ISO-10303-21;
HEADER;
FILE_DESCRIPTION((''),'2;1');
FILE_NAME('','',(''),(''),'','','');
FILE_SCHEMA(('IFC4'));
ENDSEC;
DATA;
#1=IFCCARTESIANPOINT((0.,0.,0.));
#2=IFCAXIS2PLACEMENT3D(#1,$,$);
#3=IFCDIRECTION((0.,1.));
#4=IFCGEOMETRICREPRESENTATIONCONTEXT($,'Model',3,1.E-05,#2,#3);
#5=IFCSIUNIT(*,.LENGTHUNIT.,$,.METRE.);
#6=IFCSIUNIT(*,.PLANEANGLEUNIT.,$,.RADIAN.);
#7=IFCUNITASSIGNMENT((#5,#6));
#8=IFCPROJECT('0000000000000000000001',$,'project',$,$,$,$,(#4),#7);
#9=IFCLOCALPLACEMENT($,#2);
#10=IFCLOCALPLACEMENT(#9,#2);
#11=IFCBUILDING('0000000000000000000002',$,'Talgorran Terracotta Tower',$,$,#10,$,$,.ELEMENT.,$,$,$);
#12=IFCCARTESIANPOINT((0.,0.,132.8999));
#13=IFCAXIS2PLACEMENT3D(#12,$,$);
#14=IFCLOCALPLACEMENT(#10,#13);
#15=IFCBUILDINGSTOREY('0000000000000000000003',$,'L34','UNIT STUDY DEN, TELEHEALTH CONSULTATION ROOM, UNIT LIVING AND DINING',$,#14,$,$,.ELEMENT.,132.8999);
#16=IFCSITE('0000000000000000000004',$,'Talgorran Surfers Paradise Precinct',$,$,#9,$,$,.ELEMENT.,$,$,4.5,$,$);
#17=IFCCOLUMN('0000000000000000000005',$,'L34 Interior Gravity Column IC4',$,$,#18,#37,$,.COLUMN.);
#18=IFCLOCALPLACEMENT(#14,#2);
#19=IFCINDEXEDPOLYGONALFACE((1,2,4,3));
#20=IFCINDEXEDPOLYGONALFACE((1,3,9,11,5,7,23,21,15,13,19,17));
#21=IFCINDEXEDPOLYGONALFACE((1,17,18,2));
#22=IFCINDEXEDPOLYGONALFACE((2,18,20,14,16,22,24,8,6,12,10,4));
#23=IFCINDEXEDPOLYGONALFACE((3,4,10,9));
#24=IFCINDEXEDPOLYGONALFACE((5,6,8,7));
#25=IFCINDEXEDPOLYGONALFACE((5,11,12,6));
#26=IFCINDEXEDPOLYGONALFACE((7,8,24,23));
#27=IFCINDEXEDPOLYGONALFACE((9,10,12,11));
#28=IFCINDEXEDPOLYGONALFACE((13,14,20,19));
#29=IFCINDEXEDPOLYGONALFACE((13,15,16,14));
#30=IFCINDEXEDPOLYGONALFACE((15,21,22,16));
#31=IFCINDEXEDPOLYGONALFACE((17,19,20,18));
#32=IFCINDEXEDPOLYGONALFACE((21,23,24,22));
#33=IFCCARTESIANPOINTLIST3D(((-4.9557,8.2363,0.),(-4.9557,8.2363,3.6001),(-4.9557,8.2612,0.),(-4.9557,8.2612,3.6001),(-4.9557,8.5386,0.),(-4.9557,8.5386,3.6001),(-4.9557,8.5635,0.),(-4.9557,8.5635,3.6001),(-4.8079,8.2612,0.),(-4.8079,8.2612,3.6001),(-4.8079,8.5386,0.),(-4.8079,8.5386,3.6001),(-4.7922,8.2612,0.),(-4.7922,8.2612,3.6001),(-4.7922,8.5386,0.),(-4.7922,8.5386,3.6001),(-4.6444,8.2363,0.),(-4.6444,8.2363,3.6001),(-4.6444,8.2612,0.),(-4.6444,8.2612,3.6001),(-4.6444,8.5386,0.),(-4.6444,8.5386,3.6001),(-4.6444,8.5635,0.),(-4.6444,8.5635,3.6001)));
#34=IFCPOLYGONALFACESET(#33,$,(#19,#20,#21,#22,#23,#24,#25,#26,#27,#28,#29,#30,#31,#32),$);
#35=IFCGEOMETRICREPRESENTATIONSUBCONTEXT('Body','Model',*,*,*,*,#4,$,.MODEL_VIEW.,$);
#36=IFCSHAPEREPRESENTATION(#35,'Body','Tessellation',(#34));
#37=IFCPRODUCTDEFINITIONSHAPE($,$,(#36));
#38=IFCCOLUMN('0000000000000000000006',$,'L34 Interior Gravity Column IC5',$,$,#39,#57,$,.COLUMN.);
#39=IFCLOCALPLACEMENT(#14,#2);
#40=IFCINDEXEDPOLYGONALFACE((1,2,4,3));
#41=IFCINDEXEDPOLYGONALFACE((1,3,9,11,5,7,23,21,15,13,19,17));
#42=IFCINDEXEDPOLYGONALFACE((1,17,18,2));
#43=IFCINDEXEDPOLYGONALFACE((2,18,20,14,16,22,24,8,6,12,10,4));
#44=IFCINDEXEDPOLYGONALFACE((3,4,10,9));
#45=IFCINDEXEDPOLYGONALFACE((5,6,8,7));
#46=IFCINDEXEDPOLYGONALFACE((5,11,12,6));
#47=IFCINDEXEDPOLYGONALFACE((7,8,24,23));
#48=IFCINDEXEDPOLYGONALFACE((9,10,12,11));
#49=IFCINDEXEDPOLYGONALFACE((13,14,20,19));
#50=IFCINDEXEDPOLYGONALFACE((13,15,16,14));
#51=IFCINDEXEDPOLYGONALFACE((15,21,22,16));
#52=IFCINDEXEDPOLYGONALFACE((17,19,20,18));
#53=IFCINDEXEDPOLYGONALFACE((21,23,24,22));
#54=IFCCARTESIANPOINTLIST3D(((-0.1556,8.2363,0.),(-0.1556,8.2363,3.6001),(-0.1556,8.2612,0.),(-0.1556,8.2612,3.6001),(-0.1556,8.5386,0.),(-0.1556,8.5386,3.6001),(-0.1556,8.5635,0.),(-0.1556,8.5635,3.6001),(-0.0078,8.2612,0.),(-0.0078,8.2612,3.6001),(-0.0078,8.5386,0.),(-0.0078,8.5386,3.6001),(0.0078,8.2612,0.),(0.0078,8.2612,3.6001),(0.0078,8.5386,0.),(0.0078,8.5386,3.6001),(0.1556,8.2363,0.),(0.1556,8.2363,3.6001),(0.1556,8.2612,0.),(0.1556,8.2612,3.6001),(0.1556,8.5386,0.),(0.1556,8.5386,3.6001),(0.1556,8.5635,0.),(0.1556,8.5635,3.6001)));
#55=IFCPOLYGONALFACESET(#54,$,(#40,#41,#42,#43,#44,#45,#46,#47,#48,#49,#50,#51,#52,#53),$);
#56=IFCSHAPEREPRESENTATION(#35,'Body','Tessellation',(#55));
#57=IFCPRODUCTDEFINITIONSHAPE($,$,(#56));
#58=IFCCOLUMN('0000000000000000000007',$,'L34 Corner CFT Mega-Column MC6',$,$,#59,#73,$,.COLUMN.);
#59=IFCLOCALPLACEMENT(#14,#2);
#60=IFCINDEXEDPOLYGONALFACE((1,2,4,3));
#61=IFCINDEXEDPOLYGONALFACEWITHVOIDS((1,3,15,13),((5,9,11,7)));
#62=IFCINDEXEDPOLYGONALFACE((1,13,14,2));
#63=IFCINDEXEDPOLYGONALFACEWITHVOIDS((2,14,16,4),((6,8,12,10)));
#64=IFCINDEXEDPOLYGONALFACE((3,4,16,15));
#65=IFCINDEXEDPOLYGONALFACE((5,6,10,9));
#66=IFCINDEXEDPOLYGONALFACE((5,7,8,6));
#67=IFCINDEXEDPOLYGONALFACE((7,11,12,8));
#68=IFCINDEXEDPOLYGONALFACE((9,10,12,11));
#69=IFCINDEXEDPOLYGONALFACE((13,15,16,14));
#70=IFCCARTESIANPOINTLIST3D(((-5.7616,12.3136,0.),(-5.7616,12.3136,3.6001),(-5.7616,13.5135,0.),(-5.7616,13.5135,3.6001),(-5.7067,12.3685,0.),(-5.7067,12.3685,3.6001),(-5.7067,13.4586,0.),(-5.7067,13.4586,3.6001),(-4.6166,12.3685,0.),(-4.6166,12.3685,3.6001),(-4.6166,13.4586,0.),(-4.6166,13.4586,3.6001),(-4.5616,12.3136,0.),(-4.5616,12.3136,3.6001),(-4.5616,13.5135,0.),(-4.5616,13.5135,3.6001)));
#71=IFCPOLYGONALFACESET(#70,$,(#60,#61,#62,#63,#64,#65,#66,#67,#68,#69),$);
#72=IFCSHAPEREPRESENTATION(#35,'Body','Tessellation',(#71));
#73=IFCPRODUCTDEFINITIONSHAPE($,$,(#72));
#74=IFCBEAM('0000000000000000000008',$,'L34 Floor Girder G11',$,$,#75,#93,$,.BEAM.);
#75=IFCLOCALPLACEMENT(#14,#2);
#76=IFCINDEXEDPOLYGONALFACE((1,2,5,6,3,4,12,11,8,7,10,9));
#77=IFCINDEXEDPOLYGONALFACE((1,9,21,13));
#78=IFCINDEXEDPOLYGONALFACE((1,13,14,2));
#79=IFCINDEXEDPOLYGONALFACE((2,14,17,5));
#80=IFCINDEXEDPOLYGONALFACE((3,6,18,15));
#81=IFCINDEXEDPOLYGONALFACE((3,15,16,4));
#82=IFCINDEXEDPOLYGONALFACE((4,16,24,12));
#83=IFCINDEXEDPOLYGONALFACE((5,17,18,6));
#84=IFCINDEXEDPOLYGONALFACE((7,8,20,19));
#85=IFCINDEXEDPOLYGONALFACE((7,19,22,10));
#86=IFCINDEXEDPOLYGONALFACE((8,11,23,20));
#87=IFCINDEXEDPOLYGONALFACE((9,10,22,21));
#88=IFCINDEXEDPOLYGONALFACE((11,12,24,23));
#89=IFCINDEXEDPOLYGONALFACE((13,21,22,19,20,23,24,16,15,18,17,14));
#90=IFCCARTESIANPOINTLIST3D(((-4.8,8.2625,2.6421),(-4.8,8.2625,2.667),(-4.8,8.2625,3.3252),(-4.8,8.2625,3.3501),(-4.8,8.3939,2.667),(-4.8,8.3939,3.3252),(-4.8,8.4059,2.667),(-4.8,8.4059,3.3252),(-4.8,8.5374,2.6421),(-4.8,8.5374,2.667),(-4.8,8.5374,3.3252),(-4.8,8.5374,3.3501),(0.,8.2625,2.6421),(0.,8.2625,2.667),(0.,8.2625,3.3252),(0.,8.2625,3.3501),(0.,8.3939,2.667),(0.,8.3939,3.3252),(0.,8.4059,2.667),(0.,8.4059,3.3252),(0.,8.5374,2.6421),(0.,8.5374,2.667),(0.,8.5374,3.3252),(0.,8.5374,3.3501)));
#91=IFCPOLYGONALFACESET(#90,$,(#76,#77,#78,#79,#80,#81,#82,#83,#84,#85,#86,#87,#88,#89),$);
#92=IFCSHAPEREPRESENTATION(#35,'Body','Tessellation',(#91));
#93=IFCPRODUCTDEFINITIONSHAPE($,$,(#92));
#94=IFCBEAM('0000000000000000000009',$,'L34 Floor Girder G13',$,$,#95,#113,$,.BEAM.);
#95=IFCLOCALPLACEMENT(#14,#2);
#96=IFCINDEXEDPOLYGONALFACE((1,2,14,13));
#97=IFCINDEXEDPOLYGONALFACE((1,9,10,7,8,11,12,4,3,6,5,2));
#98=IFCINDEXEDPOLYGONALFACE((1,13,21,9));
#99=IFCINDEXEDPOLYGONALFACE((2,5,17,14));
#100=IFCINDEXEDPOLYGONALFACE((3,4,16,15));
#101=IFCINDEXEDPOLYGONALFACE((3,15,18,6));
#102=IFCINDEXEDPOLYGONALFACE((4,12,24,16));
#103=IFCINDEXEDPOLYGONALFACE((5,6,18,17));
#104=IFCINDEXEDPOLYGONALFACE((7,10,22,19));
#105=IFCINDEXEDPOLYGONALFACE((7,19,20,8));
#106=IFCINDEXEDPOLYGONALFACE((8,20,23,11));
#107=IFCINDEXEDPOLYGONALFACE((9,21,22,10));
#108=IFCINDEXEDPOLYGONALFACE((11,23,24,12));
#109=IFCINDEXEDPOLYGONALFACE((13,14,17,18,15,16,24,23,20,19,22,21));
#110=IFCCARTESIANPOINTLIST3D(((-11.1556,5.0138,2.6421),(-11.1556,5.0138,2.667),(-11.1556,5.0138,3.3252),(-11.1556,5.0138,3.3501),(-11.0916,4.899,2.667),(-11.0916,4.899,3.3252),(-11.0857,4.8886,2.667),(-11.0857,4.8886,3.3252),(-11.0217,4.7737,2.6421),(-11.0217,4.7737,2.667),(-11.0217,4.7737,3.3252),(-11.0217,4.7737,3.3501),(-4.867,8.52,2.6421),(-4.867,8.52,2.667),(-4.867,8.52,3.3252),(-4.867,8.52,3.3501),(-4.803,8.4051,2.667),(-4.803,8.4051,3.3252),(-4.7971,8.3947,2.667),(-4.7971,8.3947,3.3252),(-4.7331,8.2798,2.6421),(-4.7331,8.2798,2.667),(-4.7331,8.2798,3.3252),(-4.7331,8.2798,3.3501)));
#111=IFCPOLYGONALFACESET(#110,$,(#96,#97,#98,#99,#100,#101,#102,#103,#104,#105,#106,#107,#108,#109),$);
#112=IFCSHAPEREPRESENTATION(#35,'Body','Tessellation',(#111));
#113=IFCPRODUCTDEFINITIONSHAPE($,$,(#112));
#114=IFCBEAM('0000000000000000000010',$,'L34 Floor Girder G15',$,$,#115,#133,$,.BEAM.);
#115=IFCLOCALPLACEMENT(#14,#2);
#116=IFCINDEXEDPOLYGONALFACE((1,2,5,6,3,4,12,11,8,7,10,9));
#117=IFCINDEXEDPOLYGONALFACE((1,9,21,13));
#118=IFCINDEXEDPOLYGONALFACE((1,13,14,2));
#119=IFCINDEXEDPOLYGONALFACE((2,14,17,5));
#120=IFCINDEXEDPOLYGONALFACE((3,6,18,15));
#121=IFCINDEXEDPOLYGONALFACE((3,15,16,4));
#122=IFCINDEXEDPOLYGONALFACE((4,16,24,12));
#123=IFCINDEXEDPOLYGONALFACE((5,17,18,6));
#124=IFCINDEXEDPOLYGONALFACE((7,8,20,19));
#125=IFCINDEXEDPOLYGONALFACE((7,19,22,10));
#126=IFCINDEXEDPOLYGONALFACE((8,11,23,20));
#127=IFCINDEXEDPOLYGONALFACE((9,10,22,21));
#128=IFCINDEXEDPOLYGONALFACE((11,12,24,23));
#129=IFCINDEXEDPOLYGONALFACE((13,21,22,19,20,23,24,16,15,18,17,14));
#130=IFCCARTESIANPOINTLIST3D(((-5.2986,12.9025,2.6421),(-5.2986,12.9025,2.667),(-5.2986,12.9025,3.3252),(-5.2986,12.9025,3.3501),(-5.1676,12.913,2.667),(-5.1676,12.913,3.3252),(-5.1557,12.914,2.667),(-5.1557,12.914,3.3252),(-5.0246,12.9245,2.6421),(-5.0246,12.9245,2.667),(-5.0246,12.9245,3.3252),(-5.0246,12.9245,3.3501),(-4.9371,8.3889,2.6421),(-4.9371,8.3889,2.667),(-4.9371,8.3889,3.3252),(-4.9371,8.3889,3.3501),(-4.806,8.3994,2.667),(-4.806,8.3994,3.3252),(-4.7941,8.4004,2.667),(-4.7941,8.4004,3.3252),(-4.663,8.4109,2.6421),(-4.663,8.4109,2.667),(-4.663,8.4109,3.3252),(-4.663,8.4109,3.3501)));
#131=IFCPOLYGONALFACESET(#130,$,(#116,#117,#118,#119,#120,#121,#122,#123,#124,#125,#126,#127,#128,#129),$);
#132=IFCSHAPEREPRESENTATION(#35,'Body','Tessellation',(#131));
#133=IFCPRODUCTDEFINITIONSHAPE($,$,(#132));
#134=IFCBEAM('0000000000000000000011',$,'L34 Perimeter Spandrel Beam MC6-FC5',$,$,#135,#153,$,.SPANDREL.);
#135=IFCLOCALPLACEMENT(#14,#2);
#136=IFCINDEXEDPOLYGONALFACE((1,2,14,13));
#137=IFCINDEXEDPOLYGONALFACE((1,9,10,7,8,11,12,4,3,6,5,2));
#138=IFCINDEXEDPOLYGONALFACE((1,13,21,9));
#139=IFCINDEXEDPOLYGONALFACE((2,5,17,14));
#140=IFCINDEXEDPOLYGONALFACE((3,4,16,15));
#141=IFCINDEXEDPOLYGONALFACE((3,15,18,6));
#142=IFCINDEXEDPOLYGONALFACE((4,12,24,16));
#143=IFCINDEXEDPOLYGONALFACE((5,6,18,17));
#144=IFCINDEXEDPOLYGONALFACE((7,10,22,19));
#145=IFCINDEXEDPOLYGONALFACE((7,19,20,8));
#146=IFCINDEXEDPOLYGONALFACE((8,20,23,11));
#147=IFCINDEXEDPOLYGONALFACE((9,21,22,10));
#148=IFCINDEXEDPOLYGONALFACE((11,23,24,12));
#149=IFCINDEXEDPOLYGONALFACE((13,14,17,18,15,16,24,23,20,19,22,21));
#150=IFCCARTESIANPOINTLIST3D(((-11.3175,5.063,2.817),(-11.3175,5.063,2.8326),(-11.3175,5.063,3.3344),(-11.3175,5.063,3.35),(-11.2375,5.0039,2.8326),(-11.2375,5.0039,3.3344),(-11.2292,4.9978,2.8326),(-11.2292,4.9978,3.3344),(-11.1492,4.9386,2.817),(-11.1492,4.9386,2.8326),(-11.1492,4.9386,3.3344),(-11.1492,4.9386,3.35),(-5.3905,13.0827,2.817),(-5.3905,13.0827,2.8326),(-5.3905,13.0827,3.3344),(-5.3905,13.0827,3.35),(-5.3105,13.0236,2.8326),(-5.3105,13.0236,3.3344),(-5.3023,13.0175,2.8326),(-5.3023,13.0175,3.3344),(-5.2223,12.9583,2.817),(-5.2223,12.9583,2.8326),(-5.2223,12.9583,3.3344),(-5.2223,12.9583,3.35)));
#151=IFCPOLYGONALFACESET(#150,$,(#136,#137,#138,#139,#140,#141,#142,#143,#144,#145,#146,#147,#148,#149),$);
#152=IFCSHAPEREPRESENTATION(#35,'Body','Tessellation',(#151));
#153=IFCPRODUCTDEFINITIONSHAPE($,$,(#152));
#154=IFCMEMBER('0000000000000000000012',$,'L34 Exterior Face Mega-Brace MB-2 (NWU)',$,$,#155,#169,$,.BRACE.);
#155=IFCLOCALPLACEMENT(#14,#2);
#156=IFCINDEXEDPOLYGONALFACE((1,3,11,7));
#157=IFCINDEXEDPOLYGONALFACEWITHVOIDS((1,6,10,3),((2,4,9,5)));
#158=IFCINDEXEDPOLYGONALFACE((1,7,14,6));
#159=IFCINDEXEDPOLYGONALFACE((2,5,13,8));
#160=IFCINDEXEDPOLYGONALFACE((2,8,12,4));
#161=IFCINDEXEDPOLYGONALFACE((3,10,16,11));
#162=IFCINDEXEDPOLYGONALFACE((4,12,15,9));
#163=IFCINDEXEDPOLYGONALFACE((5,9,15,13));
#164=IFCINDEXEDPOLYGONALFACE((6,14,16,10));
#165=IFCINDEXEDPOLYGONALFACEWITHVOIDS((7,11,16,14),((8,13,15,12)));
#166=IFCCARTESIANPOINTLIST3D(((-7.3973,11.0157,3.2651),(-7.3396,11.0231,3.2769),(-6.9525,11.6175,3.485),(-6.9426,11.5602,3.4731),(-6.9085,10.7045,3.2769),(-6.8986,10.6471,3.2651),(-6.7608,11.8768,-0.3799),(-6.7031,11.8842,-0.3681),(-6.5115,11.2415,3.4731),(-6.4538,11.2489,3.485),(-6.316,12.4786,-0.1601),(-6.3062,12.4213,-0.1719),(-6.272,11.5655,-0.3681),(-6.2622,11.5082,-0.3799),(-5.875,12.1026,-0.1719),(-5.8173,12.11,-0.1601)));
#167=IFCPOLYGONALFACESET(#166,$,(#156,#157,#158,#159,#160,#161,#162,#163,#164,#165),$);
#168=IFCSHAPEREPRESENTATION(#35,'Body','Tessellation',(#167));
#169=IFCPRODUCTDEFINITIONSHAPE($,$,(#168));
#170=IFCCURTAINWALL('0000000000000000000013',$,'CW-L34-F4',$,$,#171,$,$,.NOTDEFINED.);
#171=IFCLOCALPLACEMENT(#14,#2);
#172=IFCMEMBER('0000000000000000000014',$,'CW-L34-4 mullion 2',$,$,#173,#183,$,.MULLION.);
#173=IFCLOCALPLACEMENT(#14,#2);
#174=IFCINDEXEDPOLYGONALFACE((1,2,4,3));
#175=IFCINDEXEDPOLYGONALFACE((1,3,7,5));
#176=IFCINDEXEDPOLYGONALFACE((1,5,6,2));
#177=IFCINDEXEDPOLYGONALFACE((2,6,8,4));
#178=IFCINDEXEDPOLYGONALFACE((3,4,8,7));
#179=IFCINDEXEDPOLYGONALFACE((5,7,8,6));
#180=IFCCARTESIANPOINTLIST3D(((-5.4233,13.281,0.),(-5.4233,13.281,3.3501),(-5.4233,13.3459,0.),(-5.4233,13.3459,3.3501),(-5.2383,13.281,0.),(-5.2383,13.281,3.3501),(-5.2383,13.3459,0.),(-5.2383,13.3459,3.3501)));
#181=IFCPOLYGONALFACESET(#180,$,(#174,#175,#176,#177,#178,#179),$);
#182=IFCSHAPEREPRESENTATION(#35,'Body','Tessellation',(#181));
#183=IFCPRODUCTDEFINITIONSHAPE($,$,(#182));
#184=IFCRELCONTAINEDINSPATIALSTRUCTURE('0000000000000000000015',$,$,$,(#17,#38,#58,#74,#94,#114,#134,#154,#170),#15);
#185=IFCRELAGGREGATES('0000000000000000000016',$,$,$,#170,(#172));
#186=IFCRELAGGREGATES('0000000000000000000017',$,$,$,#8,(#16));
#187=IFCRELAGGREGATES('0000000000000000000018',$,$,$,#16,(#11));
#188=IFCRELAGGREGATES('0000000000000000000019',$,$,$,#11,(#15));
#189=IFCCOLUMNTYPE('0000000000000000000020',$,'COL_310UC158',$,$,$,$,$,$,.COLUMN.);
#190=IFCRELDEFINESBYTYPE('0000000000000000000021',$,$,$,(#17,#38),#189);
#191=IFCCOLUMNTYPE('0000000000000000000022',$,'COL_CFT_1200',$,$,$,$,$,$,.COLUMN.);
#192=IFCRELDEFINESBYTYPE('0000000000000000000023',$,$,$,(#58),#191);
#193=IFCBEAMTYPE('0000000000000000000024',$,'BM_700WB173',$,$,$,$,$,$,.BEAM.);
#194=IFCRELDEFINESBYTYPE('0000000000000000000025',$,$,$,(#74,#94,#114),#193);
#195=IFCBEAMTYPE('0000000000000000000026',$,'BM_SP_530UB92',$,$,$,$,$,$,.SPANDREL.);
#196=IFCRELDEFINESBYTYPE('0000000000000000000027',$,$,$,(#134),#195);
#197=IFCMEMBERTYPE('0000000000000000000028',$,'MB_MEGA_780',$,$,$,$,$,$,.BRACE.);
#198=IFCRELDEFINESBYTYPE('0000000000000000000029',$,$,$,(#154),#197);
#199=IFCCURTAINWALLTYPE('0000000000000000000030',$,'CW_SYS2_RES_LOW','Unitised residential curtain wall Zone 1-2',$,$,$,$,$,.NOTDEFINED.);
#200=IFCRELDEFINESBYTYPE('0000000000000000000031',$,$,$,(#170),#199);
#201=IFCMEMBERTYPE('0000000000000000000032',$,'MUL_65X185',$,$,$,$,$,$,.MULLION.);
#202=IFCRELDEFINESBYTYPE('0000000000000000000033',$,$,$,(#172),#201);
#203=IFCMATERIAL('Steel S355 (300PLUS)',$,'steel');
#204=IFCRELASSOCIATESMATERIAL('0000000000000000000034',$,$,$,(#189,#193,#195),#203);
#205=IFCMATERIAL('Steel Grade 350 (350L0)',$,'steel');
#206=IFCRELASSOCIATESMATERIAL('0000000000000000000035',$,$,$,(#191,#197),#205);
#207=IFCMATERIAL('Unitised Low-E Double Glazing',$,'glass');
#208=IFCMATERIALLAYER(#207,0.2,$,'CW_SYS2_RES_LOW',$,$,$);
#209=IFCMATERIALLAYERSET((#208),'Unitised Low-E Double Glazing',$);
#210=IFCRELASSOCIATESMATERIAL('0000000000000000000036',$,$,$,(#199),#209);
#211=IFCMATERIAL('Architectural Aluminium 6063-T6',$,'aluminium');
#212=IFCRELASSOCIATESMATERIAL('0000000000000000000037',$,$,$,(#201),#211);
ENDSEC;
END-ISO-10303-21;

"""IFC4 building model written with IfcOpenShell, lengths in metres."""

from ifc_helpers import new_model, si_unit, direction, frame, origin, origin_2d, place, context, subcontext, project, spatial, rectangle, hollow_rectangle, i_section, extrude, material, layer, layer_set, material_profile, profile_set, type_object, element, aggregate, save


model = new_model("IFC4")

# Units and contexts
model_context = context("Model", 3, precision=1e-05, world=origin(), true_north=direction((0.0, 1.0)))
body_context = subcontext(model_context, "Body", "Model", "MODEL_VIEW")
ifc_project = project(units=[si_unit("LENGTHUNIT", "METRE"), si_unit("PLANEANGLEUNIT", "RADIAN")], contexts=[model_context])

# Site, building, storey
site_placement = place(None, origin())
site = spatial("IfcSite", under=ifc_project, at=site_placement, Name="Talgorran Surfers Paradise Precinct", CompositionType="ELEMENT", RefElevation=4.5)
building_placement = place(site_placement, origin())
building = spatial("IfcBuilding", under=site, at=building_placement, Name="Talgorran Terracotta Tower", CompositionType="ELEMENT")
storey_placement = place(building_placement, frame((0.0, 0.0, 132.8999)))
storey = spatial("IfcBuildingStorey", under=building, at=storey_placement, Name="L34", Description="UNIT STUDY DEN, TELEHEALTH CONSULTATION ROOM, UNIT LIVING AND DINING", CompositionType="ELEMENT", Elevation=132.8999)

# Columns
ifc_material_1 = material(Name="Steel S355 (300PLUS)", Category="steel")
ifc_material_profile_1 = material_profile(ifc_material_1, i_section(OverallWidth=0.3113, OverallDepth=0.3271, WebThickness=0.0156, FlangeThickness=0.0249, at=origin_2d()), Name="310UC158")
ifc_profile_set_1 = profile_set([ifc_material_profile_1], Name="Steel S355 (300PLUS)")
column_type_1 = type_object("IfcColumnType", Name="COL_310UC158", PredefinedType="COLUMN", material=ifc_profile_set_1)
for number, where, z_axis, x_axis, name in (
    (1, (-4.8, 8.3999, 0.0), (0.0, 0.0, 1.0), (1.0, 0.0, 0.0), "L34 Interior Gravity Column IC4"),
    (2, (0.0, 8.3999, 0.0), (0.0, 0.0, 1.0), (1.0, 0.0, 0.0), "L34 Interior Gravity Column IC5"),
):
    element("IfcColumn", number, at=place(storey_placement, frame(where, z_axis=z_axis, x_axis=x_axis)), inside=storey, type_object=column_type_1, Name=name, PredefinedType="COLUMN", context=body_context, shape_type="SweptSolid", body=[
        extrude(i_section(OverallWidth=0.3113, OverallDepth=0.3271, WebThickness=0.0156, FlangeThickness=0.0249, at=origin_2d()), origin(), (0.0, 0.0, 1.0), 3.6001),
    ])
ifc_material_2 = material(Name="Steel Grade 350 (350L0)", Category="steel")
ifc_material_profile_2 = material_profile(ifc_material_2, hollow_rectangle(XDim=1.2, YDim=1.2, WallThickness=0.0549, at=origin_2d()), Name="CFT1200X1200X55")
ifc_profile_set_2 = profile_set([ifc_material_profile_2], Name="Steel Grade 350 (350L0)")
column_type_2 = type_object("IfcColumnType", Name="COL_CFT_1200", PredefinedType="COLUMN", material=ifc_profile_set_2)
column_placement = place(storey_placement, frame((-5.1616, 12.9136, 0.0), z_axis=(0.0, 0.0, 1.0), x_axis=(1.0, 0.0, 0.0)))
element("IfcColumn", 3, at=column_placement, inside=storey, type_object=column_type_2, Name="L34 Corner CFT Mega-Column MC6", PredefinedType="COLUMN", context=body_context, shape_type="SweptSolid", body=[
    extrude(hollow_rectangle(XDim=1.2, YDim=1.2, WallThickness=0.0549, at=origin_2d()), origin(), (0.0, 0.0, 1.0), 3.6001),
])

# Beams
ifc_material_profile_3 = material_profile(ifc_material_1, i_section(OverallWidth=0.2749, OverallDepth=0.708, WebThickness=0.012, FlangeThickness=0.0249, at=origin_2d()), Name="700WB173")
ifc_profile_set_3 = profile_set([ifc_material_profile_3], Name="Steel S355 (300PLUS)")
beam_type_1 = type_object("IfcBeamType", Name="BM_700WB173", PredefinedType="BEAM", material=ifc_profile_set_3)
beam_1_placement = place(storey_placement, frame((-4.8, 8.3999, 2.9961), z_axis=(1.0, 0.0, 0.0), x_axis=(0.0, 1.0, 0.0)))
element("IfcBeam", 4, at=beam_1_placement, inside=storey, type_object=beam_type_1, Name="L34 Floor Girder G11", PredefinedType="BEAM", context=body_context, shape_type="SweptSolid", body=[
    extrude(i_section(OverallWidth=0.2749, OverallDepth=0.708, WebThickness=0.012, FlangeThickness=0.0249, at=origin_2d()), origin(), (0.0, 0.0, 1.0), 4.8),
])
beam_2_placement = place(storey_placement, frame((-4.8, 8.3999, 2.9961), z_axis=(-0.873422, -0.486964, 0.0), x_axis=(0.486964, -0.873422, 0.0)))
element("IfcBeam", 5, at=beam_2_placement, inside=storey, type_object=beam_type_1, Name="L34 Floor Girder G13", PredefinedType="BEAM", context=body_context, shape_type="SweptSolid", body=[
    extrude(i_section(OverallWidth=0.2749, OverallDepth=0.708, WebThickness=0.012, FlangeThickness=0.0249, at=origin_2d()), origin(), (0.0, 0.0, 1.0), 7.2),
])
beam_3_placement = place(storey_placement, frame((-4.8, 8.3999, 2.9961), z_axis=(-0.07985, 0.996807, 0.0), x_axis=(-0.996807, -0.07985, 0.0)))
element("IfcBeam", 6, at=beam_3_placement, inside=storey, type_object=beam_type_1, Name="L34 Floor Girder G15", PredefinedType="BEAM", context=body_context, shape_type="SweptSolid", body=[
    extrude(i_section(OverallWidth=0.2749, OverallDepth=0.708, WebThickness=0.012, FlangeThickness=0.0249, at=origin_2d()), origin(), (0.0, 0.0, 1.0), 4.5281),
])
ifc_material_profile_4 = material_profile(ifc_material_1, i_section(OverallWidth=0.2092, OverallDepth=0.533, WebThickness=0.0103, FlangeThickness=0.0156, at=origin_2d()), Name="530UB92.4")
ifc_profile_set_4 = profile_set([ifc_material_profile_4], Name="Steel S355 (300PLUS)")
beam_type_2 = type_object("IfcBeamType", Name="BM_SP_530UB92", PredefinedType="SPANDREL", material=ifc_profile_set_4)
beam_4_placement = place(storey_placement, frame((-5.3064, 13.0205, 3.0835), z_axis=(-0.594348, -0.804208, 0.0), x_axis=(0.804208, -0.594348, 0.0)))
element("IfcBeam", 7, at=beam_4_placement, inside=storey, type_object=beam_type_2, Name="L34 Perimeter Spandrel Beam MC6-FC5", PredefinedType="SPANDREL", context=body_context, shape_type="SweptSolid", body=[
    extrude(i_section(OverallWidth=0.2092, OverallDepth=0.533, WebThickness=0.0103, FlangeThickness=0.0156, at=origin_2d()), origin(), (0.0, 0.0, 1.0), 9.9722),
])

# Member
ifc_material_profile_5 = material_profile(ifc_material_2, hollow_rectangle(XDim=0.6201, YDim=0.78, WallThickness=0.042, at=origin_2d()), Name="WBOX780X620X42")
ifc_profile_set_5 = profile_set([ifc_material_profile_5], Name="Steel Grade 350 (350L0)")
member_type_1 = type_object("IfcMemberType", Name="MB_MEGA_780", PredefinedType="BRACE", material=ifc_profile_set_5)
member_1_placement = place(storey_placement, frame((-6.2891, 11.9934, -0.27), z_axis=(-0.167535, -0.226658, 0.959457), x_axis=(0.804167, -0.594404, 0.0)))
element("IfcMember", 8, at=member_1_placement, inside=storey, type_object=member_type_1, Name="L34 Exterior Face Mega-Brace MB-2 (NWU)", PredefinedType="BRACE", context=body_context, shape_type="SweptSolid", body=[
    extrude(hollow_rectangle(XDim=0.6201, YDim=0.78, WallThickness=0.042, at=origin_2d()), origin(), (0.0, 0.0, 1.0), 3.7991),
])

# Curtain wall, member
ifc_material_3 = material(Name="Unitised Low-E Double Glazing", Category="glass")
ifc_layer_1 = layer(ifc_material_3, 0.2, Name="CW_SYS2_RES_LOW")
ifc_layer_set_1 = layer_set([ifc_layer_1], Name="Unitised Low-E Double Glazing")
curtain_wall_type = type_object("IfcCurtainWallType", Name="CW_SYS2_RES_LOW", Description="Unitised residential curtain wall Zone 1-2", PredefinedType="NOTDEFINED", material=ifc_layer_set_1)
curtain_wall_1_placement = place(storey_placement, origin())
curtain_wall_1 = element("IfcCurtainWall", 9, at=curtain_wall_1_placement, inside=storey, type_object=curtain_wall_type, Name="CW-L34-F4", PredefinedType="NOTDEFINED")
ifc_material_4 = material(Name="Architectural Aluminium 6063-T6", Category="aluminium")
ifc_material_profile_6 = material_profile(ifc_material_4, rectangle(XDim=0.0649, YDim=0.1851, at=origin_2d()), Name="CWM65X185")
ifc_profile_set_6 = profile_set([ifc_material_profile_6], Name="Architectural Aluminium 6063-T6")
member_type_2 = type_object("IfcMemberType", Name="MUL_65X185", PredefinedType="MULLION", material=ifc_profile_set_6)
member_2_placement = place(storey_placement, frame((-5.3308, 13.3135, 0.0), z_axis=(0.0, 0.0, 1.0), x_axis=(0.0, -1.0, 0.0)))
member_2 = element("IfcMember", 10, at=member_2_placement, type_object=member_type_2, Name="CW-L34-4 mullion 2", PredefinedType="MULLION", context=body_context, shape_type="SweptSolid", body=[
    extrude(rectangle(XDim=0.0649, YDim=0.1851, at=origin_2d()), origin(), (0.0, 0.0, 1.0), 3.3501),
])
aggregate(curtain_wall_1, [member_2])

save(model, "model.ifc")
